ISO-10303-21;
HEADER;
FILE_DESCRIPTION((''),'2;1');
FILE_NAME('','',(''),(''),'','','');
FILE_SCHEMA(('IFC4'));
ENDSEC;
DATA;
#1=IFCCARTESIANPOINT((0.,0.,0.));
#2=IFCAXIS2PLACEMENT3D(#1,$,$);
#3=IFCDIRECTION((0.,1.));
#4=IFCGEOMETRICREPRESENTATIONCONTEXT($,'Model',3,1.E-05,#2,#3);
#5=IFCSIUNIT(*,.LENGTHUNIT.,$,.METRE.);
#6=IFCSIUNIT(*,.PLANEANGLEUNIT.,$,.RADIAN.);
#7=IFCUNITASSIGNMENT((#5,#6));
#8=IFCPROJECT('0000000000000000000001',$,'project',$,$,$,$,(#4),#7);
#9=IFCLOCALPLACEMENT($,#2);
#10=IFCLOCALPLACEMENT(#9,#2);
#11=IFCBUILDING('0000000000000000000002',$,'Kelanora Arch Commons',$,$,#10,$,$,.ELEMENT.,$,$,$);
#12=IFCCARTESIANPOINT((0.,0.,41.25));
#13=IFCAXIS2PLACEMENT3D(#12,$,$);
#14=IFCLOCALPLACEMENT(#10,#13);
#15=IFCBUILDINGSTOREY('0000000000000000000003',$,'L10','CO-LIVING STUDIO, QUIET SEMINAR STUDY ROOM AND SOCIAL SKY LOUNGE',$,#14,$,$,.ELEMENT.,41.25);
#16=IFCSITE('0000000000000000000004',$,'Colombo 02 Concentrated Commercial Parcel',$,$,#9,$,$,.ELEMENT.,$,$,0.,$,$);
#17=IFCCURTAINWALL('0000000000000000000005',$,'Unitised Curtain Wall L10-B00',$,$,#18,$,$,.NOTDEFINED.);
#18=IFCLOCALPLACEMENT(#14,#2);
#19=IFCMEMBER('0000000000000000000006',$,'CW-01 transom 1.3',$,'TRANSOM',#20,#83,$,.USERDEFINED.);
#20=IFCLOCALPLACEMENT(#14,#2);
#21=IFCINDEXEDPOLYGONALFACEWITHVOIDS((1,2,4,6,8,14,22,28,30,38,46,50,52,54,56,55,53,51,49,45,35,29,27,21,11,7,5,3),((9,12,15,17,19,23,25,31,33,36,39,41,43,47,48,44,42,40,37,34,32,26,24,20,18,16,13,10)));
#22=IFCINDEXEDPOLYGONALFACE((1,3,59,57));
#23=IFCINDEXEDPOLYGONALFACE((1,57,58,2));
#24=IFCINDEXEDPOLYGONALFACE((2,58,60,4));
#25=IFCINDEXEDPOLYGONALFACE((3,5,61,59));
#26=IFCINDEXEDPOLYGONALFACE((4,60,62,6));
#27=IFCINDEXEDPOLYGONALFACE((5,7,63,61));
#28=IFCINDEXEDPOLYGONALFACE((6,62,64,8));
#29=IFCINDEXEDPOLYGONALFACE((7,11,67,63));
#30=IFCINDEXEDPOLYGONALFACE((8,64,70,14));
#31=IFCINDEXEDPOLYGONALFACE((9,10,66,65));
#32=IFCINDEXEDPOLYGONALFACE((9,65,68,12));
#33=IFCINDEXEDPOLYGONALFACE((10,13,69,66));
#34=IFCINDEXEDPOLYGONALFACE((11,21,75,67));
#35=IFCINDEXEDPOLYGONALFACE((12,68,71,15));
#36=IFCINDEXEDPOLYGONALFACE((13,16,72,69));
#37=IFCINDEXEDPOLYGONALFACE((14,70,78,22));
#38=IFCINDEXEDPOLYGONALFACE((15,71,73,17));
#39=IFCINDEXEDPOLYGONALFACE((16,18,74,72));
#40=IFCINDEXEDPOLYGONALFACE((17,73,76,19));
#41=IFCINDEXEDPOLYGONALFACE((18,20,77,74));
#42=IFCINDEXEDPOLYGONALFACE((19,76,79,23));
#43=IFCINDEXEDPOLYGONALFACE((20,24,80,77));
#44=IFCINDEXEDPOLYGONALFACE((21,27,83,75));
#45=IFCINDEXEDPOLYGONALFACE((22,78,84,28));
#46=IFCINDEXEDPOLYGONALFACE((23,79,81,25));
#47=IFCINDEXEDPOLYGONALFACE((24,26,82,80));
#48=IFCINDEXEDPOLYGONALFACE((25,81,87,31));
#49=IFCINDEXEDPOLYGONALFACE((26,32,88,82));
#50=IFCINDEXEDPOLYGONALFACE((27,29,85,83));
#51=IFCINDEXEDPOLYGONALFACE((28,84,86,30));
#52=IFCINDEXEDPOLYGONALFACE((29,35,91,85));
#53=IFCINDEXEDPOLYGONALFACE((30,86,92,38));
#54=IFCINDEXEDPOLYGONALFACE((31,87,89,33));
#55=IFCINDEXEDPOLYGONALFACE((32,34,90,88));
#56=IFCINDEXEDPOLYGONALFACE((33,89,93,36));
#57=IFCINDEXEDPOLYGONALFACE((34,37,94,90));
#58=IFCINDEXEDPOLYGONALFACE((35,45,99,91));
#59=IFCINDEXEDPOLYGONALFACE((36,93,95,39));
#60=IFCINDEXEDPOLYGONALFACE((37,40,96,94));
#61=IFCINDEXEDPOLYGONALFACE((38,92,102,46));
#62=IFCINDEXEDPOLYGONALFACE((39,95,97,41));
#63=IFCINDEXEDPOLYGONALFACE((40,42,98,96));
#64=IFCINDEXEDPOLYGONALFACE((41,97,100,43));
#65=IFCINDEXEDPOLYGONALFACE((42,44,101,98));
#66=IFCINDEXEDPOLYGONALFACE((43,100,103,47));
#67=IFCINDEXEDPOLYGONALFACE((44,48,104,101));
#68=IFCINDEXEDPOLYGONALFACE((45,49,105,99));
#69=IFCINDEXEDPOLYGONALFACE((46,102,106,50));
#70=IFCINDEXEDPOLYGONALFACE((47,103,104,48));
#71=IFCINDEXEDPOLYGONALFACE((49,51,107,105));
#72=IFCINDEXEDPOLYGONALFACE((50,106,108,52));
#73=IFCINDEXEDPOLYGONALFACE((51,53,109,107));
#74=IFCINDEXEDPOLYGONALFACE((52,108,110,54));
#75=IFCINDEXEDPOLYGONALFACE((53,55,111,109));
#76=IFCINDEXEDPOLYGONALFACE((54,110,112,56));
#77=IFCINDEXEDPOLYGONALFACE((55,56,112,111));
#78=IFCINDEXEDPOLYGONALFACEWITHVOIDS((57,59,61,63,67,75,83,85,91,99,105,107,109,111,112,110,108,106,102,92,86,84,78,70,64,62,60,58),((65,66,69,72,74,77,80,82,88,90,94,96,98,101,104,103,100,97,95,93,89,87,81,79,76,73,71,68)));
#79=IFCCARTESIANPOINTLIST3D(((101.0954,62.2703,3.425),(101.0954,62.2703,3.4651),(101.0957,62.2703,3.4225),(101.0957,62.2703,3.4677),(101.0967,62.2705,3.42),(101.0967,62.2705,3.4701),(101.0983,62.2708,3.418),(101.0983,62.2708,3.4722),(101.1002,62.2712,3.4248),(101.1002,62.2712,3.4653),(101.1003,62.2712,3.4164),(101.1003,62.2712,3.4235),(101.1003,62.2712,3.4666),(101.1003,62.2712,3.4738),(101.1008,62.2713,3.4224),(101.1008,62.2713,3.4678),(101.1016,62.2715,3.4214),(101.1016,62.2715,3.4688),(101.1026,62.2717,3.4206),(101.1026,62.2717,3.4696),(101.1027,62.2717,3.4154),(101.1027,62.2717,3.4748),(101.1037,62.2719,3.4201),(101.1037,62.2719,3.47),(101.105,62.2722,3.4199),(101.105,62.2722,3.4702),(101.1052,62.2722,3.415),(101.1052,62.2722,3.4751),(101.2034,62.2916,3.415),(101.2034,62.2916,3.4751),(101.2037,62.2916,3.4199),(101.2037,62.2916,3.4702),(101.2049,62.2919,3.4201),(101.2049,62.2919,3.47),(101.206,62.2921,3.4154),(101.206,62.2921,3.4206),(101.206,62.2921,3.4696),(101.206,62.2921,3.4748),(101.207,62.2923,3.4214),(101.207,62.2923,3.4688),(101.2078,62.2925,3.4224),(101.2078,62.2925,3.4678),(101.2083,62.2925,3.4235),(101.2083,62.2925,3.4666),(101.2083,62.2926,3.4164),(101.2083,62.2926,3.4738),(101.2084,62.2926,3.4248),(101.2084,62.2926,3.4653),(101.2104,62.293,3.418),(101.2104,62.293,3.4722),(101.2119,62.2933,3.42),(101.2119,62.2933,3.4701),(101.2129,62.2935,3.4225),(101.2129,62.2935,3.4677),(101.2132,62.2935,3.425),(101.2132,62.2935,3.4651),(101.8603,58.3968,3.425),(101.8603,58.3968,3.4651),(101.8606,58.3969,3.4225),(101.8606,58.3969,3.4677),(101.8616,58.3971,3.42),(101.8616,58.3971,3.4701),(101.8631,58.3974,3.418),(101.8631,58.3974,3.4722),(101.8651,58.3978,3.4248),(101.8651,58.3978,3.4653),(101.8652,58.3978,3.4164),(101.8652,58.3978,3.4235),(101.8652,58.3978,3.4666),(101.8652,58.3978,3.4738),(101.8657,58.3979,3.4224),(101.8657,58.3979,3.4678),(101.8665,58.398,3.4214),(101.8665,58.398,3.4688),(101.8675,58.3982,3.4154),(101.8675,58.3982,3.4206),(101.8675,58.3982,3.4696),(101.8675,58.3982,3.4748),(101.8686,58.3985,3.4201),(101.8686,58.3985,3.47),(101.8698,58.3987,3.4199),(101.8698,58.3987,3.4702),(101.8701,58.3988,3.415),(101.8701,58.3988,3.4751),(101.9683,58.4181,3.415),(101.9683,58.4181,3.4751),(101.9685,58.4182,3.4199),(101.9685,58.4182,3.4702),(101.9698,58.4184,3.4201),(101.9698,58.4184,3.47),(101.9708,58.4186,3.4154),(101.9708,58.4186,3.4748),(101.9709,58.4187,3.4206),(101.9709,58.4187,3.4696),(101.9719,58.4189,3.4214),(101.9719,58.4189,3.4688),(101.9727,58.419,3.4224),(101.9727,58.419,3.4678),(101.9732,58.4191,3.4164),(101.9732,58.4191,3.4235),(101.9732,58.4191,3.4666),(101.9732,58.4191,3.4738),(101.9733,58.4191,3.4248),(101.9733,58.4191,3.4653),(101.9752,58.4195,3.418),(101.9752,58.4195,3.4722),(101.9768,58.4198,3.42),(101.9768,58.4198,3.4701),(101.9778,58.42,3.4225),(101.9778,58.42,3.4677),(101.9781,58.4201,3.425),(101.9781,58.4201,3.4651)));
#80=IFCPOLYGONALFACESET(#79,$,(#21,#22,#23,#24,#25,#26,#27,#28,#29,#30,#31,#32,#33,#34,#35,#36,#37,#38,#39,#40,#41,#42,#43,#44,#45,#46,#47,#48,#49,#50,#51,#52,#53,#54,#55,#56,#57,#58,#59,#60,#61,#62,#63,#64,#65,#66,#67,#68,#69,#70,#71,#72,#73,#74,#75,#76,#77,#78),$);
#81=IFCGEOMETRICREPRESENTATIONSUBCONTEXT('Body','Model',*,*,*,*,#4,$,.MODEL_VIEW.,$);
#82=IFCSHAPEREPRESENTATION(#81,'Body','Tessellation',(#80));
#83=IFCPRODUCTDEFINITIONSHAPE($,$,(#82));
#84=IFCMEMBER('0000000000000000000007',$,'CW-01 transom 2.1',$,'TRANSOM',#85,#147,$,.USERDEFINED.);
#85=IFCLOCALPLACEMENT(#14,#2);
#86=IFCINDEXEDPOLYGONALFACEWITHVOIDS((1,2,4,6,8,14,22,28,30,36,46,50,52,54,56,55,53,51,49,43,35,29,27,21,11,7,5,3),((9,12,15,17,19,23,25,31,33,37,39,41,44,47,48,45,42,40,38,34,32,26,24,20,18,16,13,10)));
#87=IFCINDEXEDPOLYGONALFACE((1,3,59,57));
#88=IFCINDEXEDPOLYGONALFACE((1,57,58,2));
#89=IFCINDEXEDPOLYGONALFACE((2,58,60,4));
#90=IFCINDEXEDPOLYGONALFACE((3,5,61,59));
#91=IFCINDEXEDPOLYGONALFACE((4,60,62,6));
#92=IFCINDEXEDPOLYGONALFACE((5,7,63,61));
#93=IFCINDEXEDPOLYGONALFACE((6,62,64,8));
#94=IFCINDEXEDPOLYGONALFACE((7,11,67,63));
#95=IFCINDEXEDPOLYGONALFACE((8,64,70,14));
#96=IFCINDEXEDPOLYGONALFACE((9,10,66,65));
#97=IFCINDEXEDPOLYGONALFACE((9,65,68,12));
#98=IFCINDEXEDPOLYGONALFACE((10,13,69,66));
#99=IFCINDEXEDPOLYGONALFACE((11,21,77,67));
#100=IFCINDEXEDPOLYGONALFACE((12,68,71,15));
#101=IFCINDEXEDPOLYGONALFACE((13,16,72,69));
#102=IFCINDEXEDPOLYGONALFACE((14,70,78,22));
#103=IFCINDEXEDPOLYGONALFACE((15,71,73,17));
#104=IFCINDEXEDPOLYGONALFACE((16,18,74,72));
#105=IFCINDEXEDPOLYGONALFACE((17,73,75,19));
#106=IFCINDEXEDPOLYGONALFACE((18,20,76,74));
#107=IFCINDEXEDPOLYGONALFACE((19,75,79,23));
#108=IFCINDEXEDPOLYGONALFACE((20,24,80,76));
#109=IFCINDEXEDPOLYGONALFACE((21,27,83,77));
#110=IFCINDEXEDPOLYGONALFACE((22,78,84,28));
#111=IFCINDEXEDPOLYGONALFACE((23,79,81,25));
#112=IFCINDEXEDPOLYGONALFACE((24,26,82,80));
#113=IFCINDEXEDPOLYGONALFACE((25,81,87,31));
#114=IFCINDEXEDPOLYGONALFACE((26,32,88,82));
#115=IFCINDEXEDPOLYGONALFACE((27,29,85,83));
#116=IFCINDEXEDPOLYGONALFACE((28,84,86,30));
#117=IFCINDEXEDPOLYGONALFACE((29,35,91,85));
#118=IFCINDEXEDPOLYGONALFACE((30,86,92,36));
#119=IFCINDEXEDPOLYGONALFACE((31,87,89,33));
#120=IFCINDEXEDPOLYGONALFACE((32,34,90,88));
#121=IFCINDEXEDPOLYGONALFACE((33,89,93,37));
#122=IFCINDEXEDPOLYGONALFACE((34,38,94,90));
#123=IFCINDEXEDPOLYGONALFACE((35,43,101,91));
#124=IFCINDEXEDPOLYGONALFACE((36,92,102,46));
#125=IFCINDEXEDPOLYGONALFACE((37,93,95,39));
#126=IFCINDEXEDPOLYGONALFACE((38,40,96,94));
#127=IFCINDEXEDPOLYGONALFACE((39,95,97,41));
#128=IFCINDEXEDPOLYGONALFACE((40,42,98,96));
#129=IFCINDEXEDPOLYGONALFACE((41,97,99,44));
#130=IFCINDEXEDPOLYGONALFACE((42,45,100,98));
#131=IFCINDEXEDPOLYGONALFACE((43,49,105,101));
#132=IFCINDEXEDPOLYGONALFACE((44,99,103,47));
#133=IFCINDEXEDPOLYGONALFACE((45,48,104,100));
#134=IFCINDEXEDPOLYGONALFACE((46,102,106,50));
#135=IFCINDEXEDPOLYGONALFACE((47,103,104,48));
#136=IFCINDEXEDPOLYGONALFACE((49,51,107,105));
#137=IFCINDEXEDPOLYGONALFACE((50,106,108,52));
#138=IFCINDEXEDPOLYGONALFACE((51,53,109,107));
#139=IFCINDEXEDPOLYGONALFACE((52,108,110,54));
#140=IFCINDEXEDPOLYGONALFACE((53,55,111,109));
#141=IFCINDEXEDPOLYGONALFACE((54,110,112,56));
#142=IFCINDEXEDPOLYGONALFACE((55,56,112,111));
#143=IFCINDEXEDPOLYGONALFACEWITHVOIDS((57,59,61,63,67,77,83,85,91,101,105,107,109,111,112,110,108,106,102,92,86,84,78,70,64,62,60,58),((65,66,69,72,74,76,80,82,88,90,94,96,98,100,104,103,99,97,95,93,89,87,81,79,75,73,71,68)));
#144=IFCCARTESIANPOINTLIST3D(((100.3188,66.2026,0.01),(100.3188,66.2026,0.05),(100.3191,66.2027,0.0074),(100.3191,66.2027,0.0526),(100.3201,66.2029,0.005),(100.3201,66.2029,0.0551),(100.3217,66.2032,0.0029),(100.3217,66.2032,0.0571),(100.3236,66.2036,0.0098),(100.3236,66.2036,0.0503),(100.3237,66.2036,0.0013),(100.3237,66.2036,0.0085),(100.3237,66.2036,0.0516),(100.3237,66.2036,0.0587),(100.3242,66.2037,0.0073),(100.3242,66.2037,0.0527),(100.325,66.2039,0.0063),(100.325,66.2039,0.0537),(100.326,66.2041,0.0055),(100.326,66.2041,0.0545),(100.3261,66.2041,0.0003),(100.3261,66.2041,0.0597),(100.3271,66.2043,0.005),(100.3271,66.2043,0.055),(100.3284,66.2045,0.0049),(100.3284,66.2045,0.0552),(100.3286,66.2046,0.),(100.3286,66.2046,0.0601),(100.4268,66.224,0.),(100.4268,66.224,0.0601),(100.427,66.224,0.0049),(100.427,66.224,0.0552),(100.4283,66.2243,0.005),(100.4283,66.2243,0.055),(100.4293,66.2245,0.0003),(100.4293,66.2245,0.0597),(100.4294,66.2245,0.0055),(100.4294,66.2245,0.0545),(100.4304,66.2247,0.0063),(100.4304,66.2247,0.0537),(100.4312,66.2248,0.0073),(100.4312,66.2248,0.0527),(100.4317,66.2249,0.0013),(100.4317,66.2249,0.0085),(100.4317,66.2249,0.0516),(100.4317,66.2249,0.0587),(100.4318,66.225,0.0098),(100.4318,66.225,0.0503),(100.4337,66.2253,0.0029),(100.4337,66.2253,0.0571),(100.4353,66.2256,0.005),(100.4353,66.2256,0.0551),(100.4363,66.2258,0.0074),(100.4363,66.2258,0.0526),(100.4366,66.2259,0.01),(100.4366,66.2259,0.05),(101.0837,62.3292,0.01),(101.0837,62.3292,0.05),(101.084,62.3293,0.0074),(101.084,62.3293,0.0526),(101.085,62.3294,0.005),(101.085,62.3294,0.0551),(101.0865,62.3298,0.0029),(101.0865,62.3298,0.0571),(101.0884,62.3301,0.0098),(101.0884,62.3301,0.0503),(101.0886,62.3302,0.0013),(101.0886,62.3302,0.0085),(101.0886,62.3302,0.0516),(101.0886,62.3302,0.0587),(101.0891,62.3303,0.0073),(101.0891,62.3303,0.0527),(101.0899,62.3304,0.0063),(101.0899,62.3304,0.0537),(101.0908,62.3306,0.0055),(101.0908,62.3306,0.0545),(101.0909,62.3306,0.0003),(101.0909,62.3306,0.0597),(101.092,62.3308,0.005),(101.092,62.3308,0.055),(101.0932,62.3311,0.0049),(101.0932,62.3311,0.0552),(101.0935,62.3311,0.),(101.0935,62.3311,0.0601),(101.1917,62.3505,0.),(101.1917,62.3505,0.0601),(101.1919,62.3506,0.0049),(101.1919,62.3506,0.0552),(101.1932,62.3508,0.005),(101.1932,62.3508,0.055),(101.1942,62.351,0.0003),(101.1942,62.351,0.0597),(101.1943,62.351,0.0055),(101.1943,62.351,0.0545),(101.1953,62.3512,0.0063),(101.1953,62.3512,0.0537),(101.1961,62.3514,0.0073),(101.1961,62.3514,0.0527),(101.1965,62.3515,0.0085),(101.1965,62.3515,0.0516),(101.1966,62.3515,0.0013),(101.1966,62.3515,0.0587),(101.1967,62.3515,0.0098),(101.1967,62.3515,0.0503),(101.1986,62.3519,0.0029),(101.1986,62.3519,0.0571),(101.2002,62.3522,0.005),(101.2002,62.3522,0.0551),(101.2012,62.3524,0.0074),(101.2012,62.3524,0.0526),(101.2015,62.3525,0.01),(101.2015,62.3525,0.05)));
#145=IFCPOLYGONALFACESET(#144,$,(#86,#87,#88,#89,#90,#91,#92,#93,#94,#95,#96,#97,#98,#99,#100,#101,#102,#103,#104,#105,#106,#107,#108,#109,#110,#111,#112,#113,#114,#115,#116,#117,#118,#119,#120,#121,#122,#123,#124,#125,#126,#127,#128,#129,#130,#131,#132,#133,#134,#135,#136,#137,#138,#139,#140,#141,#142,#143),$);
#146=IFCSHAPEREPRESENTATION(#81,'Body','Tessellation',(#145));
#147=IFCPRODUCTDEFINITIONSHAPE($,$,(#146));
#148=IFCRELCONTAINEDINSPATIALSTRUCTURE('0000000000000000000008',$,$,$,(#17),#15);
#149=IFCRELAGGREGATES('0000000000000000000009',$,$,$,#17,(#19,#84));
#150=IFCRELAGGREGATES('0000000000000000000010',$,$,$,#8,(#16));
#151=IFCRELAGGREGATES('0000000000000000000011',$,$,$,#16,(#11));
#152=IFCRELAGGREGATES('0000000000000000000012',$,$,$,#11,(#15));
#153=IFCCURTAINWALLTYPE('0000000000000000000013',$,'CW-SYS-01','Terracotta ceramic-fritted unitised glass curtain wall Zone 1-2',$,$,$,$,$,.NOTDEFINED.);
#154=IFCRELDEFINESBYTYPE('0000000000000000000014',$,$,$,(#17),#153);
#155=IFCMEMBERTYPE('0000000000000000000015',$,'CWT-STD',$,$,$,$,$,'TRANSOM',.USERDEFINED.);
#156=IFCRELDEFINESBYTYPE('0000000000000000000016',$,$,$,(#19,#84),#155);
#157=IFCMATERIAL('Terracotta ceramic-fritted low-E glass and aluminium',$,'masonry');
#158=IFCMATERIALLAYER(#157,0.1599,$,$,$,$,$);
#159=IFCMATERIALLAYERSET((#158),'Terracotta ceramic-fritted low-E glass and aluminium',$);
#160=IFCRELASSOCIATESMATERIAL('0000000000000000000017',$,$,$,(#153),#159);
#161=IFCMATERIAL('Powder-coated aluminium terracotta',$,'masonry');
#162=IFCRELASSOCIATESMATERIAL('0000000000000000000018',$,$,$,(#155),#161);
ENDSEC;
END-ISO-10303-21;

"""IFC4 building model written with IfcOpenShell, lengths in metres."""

from ifc_helpers import new_model, si_unit, direction, frame, origin, origin_2d, place, context, subcontext, project, spatial, hollow_rectangle, extrude, material, layer, layer_set, material_profile, profile_set, type_object, element, aggregate, save


model = new_model("IFC4")

# Units and contexts
model_context = context("Model", 3, precision=1e-05, world=origin(), true_north=direction((0.0, 1.0)))
body_context = subcontext(model_context, "Body", "Model", "MODEL_VIEW")
ifc_project = project(units=[si_unit("LENGTHUNIT", "METRE"), si_unit("PLANEANGLEUNIT", "RADIAN")], contexts=[model_context])

# Site, building, storey
site_placement = place(None, origin())
site = spatial("IfcSite", under=ifc_project, at=site_placement, Name="Colombo 02 Concentrated Commercial Parcel", CompositionType="ELEMENT", RefElevation=0.0)
building_placement = place(site_placement, origin())
building = spatial("IfcBuilding", under=site, at=building_placement, Name="Kelanora Arch Commons", CompositionType="ELEMENT")
storey_placement = place(building_placement, frame((0.0, 0.0, 41.25)))
storey = spatial("IfcBuildingStorey", under=building, at=storey_placement, Name="L10", Description="CO-LIVING STUDIO, QUIET SEMINAR STUDY ROOM AND SOCIAL SKY LOUNGE", CompositionType="ELEMENT", Elevation=41.25)

# Curtain wall, members
ifc_material_1 = material(Name="Terracotta ceramic-fritted low-E glass and aluminium", Category="masonry")
ifc_layer_1 = layer(ifc_material_1, 0.1599)
ifc_layer_set_1 = layer_set([ifc_layer_1], Name="Terracotta ceramic-fritted low-E glass and aluminium")
curtain_wall_type = type_object("IfcCurtainWallType", Name="CW-SYS-01", Description="Terracotta ceramic-fritted unitised glass curtain wall Zone 1-2", PredefinedType="NOTDEFINED", material=ifc_layer_set_1)
curtain_wall_placement = place(storey_placement, origin())
curtain_wall = element("IfcCurtainWall", 1, at=curtain_wall_placement, inside=storey, type_object=curtain_wall_type, Name="Unitised Curtain Wall L10-B00", PredefinedType="NOTDEFINED")
ifc_material_2 = material(Name="Powder-coated aluminium terracotta", Category="masonry")
ifc_material_profile_1 = material_profile(ifc_material_2, hollow_rectangle(XDim=0.1201, YDim=0.0601, WallThickness=0.0049, InnerFilletRadius=0.0049, OuterFilletRadius=0.01, at=origin_2d()), Name="CWT120x60")
ifc_profile_set_1 = profile_set([ifc_material_profile_1], Name="Powder-coated aluminium terracotta")
member_type_1 = type_object("IfcMemberType", Name="CWT-STD", ElementType="TRANSOM", PredefinedType="USERDEFINED", material=ifc_profile_set_1)
member_1_placement = place(storey_placement, frame((101.9192, 58.4084, 3.4451), z_axis=(-0.193725, 0.981056, 0.0), x_axis=(-0.981056, -0.193725, 0.0)))
member_1 = element("IfcMember", 2, at=member_1_placement, type_object=member_type_1, Name="CW-01 transom 1.3", ObjectType="TRANSOM", PredefinedType="USERDEFINED", context=body_context, shape_type="SweptSolid", body=[
    extrude(hollow_rectangle(XDim=0.1201, YDim=0.0601, WallThickness=0.0049, InnerFilletRadius=0.0049, OuterFilletRadius=0.01, at=origin_2d()), origin(), (0.0, 0.0, 1.0), 3.9482),
])
member_2_placement = place(storey_placement, frame((101.1426, 62.3408, 0.03), z_axis=(-0.193725, 0.981056, 0.0), x_axis=(-0.981056, -0.193725, 0.0)))
member_2 = element("IfcMember", 3, at=member_2_placement, type_object=member_type_1, Name="CW-01 transom 2.1", ObjectType="TRANSOM", PredefinedType="USERDEFINED", context=body_context, shape_type="SweptSolid", body=[
    extrude(hollow_rectangle(XDim=0.1201, YDim=0.0601, WallThickness=0.0049, InnerFilletRadius=0.0049, OuterFilletRadius=0.01, at=origin_2d()), origin(), (0.0, 0.0, 1.0), 3.9482),
])
aggregate(curtain_wall, [member_1, member_2])

save(model, "model.ifc")
